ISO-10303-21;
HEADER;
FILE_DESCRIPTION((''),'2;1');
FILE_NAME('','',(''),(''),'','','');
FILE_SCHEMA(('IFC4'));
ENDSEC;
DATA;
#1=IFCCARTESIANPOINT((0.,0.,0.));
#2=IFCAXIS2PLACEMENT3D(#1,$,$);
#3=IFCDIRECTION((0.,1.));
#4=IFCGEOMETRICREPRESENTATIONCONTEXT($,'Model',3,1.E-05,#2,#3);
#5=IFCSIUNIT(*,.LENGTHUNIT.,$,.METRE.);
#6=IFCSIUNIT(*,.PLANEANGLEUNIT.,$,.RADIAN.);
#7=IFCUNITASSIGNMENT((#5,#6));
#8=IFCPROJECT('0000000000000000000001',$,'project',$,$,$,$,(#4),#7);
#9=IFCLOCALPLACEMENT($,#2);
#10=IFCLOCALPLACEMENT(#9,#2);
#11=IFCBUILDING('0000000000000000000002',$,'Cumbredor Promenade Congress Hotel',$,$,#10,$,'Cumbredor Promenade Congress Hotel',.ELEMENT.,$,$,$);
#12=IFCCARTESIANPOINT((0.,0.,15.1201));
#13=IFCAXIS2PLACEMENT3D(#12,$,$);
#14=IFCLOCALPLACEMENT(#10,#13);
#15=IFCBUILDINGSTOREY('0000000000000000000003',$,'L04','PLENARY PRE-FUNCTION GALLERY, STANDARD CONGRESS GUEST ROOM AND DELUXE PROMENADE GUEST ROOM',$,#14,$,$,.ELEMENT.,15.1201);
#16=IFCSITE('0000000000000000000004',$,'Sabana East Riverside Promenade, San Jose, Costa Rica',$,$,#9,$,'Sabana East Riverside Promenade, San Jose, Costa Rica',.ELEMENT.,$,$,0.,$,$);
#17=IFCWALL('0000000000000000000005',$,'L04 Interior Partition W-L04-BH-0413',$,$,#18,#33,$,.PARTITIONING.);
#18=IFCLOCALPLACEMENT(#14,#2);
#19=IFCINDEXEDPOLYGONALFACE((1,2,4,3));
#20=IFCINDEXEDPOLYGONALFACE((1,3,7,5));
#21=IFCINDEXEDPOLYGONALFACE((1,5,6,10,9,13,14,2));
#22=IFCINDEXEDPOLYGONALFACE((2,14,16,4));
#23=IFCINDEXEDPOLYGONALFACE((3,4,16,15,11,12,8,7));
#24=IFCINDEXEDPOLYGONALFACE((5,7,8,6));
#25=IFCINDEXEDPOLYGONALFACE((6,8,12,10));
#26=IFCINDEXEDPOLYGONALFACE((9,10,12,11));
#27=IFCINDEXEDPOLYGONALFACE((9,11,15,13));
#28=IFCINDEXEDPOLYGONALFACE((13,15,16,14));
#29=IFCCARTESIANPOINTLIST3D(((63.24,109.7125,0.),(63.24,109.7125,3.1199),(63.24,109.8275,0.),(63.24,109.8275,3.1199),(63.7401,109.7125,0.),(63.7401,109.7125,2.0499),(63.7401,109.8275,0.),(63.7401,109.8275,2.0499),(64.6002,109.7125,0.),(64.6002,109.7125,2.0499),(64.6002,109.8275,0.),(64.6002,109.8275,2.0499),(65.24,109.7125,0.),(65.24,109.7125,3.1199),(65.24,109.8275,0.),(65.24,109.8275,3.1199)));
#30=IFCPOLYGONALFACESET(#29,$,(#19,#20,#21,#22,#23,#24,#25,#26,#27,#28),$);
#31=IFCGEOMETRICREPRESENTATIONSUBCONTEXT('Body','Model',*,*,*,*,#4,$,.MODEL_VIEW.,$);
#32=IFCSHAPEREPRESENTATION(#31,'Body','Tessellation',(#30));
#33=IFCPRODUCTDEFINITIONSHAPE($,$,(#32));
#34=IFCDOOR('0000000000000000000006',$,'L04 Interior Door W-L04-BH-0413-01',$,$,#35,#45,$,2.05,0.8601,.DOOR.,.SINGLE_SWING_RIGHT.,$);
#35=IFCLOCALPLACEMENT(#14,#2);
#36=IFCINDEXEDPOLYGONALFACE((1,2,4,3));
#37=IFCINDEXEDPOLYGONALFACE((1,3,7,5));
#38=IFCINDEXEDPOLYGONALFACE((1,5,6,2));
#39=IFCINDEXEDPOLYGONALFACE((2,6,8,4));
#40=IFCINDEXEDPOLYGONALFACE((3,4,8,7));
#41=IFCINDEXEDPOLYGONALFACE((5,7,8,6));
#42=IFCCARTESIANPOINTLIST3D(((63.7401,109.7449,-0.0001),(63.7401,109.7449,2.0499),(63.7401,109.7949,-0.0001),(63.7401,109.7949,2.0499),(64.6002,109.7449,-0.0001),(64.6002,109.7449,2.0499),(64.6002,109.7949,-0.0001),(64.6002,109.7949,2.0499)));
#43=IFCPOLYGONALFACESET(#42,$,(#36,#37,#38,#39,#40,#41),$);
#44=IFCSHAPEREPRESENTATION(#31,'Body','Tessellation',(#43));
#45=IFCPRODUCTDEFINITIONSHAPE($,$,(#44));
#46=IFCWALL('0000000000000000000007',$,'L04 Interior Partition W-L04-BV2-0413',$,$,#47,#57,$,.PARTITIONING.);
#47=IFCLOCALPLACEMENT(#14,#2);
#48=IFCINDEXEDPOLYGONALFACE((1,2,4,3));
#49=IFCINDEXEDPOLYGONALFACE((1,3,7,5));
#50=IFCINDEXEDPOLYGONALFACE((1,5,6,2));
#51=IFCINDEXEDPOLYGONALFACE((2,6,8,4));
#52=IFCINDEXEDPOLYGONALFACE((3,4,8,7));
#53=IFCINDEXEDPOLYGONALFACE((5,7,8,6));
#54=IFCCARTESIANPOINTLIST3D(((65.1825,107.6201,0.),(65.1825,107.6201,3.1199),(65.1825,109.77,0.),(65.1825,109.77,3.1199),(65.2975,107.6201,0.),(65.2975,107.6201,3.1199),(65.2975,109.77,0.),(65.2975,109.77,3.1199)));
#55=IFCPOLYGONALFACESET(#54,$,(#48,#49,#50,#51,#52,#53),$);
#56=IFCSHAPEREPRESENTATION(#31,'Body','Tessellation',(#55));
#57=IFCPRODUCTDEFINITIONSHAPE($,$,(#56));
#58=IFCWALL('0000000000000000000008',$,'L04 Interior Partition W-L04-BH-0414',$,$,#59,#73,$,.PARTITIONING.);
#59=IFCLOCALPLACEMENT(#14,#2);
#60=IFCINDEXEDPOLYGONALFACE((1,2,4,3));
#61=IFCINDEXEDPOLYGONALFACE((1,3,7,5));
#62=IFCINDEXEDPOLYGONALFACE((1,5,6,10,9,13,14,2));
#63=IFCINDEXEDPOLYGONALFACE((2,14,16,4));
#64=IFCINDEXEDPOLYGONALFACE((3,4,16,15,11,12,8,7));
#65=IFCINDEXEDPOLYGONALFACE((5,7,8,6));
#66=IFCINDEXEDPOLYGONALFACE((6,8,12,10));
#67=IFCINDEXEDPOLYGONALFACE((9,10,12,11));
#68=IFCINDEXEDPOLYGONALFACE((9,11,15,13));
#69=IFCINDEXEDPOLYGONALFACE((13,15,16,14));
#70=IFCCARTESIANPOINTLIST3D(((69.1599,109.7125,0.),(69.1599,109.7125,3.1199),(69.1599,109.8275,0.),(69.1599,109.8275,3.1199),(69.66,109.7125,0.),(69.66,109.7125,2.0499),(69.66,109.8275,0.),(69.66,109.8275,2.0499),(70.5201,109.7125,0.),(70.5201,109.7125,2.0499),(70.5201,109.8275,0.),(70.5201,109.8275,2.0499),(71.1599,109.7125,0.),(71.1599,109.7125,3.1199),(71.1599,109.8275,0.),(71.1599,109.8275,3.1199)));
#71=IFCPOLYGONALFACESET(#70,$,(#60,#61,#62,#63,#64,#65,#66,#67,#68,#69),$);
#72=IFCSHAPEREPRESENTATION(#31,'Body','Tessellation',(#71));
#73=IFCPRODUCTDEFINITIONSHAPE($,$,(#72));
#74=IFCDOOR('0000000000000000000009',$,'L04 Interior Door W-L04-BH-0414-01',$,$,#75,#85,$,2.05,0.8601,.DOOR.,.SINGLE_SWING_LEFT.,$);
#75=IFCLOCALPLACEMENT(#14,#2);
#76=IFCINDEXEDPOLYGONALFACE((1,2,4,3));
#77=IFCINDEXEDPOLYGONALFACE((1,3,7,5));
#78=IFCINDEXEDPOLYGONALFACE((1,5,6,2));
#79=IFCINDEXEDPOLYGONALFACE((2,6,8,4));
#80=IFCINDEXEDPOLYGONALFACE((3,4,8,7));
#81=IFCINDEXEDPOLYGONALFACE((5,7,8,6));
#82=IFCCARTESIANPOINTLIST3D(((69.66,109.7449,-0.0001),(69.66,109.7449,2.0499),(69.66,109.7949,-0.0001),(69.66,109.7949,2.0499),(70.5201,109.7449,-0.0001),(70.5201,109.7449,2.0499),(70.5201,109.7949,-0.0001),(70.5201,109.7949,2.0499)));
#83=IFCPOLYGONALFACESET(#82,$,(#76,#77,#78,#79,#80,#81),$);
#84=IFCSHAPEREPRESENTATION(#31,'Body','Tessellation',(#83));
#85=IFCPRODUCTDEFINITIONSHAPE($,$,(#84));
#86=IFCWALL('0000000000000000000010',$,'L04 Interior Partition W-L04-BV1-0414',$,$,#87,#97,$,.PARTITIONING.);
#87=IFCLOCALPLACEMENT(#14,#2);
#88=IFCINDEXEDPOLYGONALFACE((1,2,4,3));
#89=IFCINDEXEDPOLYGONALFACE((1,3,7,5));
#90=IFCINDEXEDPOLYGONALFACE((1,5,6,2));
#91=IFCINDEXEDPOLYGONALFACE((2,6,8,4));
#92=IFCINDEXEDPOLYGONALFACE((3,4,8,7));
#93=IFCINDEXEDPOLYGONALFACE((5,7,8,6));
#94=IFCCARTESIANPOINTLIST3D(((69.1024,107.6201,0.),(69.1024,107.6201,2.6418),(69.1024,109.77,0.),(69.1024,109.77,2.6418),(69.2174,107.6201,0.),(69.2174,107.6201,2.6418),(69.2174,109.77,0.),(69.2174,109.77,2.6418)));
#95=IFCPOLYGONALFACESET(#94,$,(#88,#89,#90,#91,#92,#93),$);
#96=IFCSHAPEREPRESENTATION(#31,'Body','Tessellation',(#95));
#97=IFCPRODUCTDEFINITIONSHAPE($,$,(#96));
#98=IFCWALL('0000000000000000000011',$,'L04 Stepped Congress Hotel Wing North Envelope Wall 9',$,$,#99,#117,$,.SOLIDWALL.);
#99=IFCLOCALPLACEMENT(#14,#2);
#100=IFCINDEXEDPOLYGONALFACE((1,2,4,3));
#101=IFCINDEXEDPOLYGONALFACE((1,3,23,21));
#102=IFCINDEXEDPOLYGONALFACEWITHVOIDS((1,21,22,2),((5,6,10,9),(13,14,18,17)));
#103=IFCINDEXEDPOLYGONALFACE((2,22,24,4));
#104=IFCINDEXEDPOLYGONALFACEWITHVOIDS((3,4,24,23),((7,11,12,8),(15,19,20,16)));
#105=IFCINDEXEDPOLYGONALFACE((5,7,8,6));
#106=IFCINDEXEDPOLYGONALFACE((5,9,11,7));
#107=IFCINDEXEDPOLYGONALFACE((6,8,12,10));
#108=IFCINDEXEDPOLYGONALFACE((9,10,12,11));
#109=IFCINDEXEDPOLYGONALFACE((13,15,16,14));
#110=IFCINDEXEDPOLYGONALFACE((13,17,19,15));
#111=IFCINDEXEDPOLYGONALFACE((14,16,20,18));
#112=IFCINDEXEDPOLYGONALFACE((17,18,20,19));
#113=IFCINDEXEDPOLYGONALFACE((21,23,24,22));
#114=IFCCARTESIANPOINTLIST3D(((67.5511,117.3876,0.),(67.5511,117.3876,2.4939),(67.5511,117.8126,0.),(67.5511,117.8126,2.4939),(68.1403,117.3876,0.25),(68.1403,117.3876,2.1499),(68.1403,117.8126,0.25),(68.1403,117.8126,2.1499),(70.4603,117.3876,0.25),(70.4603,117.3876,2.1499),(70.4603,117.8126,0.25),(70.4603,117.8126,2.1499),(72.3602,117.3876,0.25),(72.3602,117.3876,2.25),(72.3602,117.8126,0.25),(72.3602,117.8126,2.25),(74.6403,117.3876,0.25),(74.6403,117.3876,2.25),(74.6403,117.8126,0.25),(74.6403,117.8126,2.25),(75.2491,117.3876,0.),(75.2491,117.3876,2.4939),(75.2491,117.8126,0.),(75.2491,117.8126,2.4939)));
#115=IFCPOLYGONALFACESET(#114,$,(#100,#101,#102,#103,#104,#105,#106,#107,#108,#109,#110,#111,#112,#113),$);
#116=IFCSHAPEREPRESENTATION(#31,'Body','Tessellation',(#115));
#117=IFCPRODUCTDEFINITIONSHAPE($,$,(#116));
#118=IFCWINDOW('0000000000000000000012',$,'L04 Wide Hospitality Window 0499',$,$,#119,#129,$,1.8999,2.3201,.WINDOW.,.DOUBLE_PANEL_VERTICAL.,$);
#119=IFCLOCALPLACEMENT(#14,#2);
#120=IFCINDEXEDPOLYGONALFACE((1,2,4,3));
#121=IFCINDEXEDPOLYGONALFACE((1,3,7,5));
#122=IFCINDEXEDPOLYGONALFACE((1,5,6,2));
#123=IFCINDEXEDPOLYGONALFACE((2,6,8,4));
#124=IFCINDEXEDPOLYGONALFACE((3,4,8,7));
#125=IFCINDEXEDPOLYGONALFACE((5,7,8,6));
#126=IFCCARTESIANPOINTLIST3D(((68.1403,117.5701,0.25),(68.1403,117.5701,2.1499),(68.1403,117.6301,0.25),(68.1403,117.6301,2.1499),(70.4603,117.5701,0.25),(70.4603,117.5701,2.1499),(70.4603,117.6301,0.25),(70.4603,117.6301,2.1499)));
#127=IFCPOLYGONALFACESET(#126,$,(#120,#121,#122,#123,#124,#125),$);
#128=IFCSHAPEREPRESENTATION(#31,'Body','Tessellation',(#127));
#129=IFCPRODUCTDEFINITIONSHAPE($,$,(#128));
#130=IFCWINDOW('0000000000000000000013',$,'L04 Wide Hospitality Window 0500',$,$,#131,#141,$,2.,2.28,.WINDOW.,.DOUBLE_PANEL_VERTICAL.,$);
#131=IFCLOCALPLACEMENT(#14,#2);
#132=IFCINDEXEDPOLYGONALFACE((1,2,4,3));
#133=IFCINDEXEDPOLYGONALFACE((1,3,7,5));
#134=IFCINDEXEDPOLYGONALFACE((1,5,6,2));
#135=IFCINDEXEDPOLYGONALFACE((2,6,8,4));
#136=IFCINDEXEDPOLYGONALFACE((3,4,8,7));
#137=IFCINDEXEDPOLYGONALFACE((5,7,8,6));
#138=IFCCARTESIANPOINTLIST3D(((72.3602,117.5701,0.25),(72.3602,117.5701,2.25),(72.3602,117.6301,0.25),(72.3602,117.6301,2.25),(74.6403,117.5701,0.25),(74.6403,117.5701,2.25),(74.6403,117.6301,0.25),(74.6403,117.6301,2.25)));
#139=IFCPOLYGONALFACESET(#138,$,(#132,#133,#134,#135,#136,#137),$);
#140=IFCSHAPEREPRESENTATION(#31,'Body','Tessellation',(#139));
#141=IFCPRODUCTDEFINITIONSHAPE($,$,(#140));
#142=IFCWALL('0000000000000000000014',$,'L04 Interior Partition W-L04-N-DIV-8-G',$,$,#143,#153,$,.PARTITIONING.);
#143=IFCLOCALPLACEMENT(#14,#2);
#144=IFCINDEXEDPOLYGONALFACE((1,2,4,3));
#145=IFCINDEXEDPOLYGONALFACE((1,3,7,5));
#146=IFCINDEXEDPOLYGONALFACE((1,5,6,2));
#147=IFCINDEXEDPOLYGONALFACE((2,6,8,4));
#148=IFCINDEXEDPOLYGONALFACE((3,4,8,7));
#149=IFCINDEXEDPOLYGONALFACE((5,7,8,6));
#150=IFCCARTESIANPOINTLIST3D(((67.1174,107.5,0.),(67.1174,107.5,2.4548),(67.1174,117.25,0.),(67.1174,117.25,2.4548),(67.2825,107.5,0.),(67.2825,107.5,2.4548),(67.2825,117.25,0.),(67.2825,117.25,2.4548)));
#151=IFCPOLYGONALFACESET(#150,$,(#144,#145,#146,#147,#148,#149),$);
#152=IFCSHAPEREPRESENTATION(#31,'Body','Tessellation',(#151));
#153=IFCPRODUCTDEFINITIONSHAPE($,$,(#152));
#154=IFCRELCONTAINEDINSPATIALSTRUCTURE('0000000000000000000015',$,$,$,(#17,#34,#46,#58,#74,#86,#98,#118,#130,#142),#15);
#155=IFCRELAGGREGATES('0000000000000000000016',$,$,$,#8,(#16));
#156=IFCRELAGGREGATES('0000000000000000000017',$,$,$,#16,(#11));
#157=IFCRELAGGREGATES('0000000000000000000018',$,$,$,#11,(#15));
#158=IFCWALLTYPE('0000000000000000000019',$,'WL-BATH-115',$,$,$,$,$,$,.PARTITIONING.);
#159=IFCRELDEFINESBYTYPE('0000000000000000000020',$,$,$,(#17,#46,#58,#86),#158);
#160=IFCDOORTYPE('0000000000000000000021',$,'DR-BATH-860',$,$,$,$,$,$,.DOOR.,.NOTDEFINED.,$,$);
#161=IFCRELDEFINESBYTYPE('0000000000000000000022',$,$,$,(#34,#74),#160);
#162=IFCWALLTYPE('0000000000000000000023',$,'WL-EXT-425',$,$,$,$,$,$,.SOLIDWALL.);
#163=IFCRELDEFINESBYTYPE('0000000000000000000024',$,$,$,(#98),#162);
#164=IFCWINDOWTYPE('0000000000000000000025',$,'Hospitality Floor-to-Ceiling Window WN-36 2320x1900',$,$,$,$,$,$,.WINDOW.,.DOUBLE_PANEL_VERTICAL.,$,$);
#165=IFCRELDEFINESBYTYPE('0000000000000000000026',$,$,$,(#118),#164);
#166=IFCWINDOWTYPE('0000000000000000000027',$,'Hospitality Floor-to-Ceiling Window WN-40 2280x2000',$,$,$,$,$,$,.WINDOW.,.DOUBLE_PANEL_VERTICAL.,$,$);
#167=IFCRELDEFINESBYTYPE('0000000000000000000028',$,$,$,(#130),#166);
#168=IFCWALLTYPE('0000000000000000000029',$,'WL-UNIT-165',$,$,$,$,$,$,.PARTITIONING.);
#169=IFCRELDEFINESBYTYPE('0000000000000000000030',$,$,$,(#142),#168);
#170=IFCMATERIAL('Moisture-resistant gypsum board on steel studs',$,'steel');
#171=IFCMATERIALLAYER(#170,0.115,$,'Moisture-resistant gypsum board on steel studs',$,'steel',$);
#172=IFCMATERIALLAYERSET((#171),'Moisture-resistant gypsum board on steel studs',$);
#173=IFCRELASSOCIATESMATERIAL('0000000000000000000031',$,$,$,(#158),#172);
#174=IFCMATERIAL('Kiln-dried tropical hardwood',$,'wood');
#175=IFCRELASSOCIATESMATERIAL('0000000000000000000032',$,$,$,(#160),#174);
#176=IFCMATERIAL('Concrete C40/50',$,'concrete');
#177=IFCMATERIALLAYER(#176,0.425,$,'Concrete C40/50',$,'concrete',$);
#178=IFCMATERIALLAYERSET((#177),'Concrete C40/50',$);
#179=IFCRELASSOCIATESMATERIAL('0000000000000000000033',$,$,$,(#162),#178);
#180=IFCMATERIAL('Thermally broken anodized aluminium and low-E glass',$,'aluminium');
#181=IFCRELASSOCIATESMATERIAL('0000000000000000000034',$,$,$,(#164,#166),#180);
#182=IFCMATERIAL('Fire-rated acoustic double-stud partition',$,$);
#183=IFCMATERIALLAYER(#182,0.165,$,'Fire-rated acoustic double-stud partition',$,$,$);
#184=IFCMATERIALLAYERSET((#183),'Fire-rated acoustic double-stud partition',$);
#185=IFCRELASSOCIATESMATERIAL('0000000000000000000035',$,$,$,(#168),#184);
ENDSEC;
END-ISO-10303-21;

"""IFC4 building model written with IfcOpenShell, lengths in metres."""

from ifc_helpers import new_model, si_unit, direction, frame, frame_2d, origin, place, context, subcontext, project, spatial, rectangle, extrude, material, layer, layer_set, type_object, element, fill, save


model = new_model("IFC4")

# Units and contexts
model_context = context("Model", 3, precision=1e-05, world=origin(), true_north=direction((0.0, 1.0)))
body_context = subcontext(model_context, "Body", "Model", "MODEL_VIEW")
ifc_project = project(units=[si_unit("LENGTHUNIT", "METRE"), si_unit("PLANEANGLEUNIT", "RADIAN")], contexts=[model_context])

# Site, building, storey
site_placement = place(None, origin())
site = spatial("IfcSite", under=ifc_project, at=site_placement, Name="Sabana East Riverside Promenade, San Jose, Costa Rica", LongName="Sabana East Riverside Promenade, San Jose, Costa Rica", CompositionType="ELEMENT", RefElevation=0.0)
building_placement = place(site_placement, origin())
building = spatial("IfcBuilding", under=site, at=building_placement, Name="Cumbredor Promenade Congress Hotel", LongName="Cumbredor Promenade Congress Hotel", CompositionType="ELEMENT")
storey_placement = place(building_placement, frame((0.0, 0.0, 15.1201)))
storey = spatial("IfcBuildingStorey", under=building, at=storey_placement, Name="L04", Description="PLENARY PRE-FUNCTION GALLERY, STANDARD CONGRESS GUEST ROOM AND DELUXE PROMENADE GUEST ROOM", CompositionType="ELEMENT", Elevation=15.1201)

# Shared definitions
ifc_material_1 = material(Name="Concrete C40/50", Category="concrete")

# Shared definitions
ifc_material_2 = material(Name="Thermally broken anodized aluminium and low-E glass", Category="aluminium")

# Shared definitions
ifc_material_3 = material(Name="Kiln-dried tropical hardwood", Category="wood")

# Wall, opening, door
ifc_material_4 = material(Name="Moisture-resistant gypsum board on steel studs", Category="steel")
ifc_layer_1 = layer(ifc_material_4, 0.115, Name="Moisture-resistant gypsum board on steel studs", Category="steel")
ifc_layer_set_1 = layer_set([ifc_layer_1], Name="Moisture-resistant gypsum board on steel studs")
wall_type_1 = type_object("IfcWallType", Name="WL-BATH-115", PredefinedType="PARTITIONING", material=ifc_layer_set_1)
wall_1_placement = place(storey_placement, frame((63.24, 109.77, 0.0), z_axis=(0.0, 0.0, 1.0), x_axis=(1.0, 0.0, 0.0)))
wall_1 = element("IfcWall", 1, at=wall_1_placement, inside=storey, type_object=wall_type_1, Name="L04 Interior Partition W-L04-BH-0413", PredefinedType="PARTITIONING", context=body_context, shape_type="SweptSolid", body=[
    extrude(rectangle(XDim=2.0, YDim=0.115, at=frame_2d((1.0, 0.0))), origin(), (0.0, 0.0, 1.0), 3.1199),
])
opening_1_placement = place(wall_1_placement, frame((0.5, 0.0, 0.0)))
opening_1 = element("IfcOpeningElement", 2, at=opening_1_placement, cuts=wall_1, PredefinedType="OPENING", context=body_context, shape_type="SweptSolid", body=[
    extrude(rectangle(XDim=0.8601, YDim=2.05, at=frame_2d((0.4302, 1.0249))), frame((0.0, 0.0674, 0.0), z_axis=(0.0, -1.0, 0.0), x_axis=(1.0, 0.0, 0.0)), (0.0, 0.0, 1.0), 0.135),
])
door_type = type_object("IfcDoorType", Name="DR-BATH-860", OperationType="NOTDEFINED", PredefinedType="DOOR", material=ifc_material_3)
door_1_placement = place(opening_1_placement, origin())
door_1 = element("IfcDoor", 3, at=door_1_placement, inside=storey, type_object=door_type, Name="L04 Interior Door W-L04-BH-0413-01", OperationType="SINGLE_SWING_RIGHT", OverallHeight=2.05, OverallWidth=0.8601, PredefinedType="DOOR", context=body_context, shape_type="SweptSolid", body=[
    extrude(rectangle(XDim=0.8601, YDim=2.05, at=frame_2d((0.4302, 1.0249))), frame((0.0, 0.0249, 0.0), z_axis=(0.0, -1.0, 0.0), x_axis=(1.0, 0.0, 0.0)), (0.0, 0.0, 1.0), 0.05),
])
fill(opening_1, door_1)

# Wall
wall_2_placement = place(storey_placement, frame((65.24, 107.6201, 0.0), z_axis=(0.0, 0.0, 1.0), x_axis=(0.0, 1.0, 0.0)))
element("IfcWall", 4, at=wall_2_placement, inside=storey, type_object=wall_type_1, Name="L04 Interior Partition W-L04-BV2-0413", PredefinedType="PARTITIONING", context=body_context, shape_type="SweptSolid", body=[
    extrude(rectangle(XDim=2.1499, YDim=0.115, at=frame_2d((1.075, 0.0))), origin(), (0.0, 0.0, 1.0), 3.1199),
])

# Wall, opening, door
wall_3_placement = place(storey_placement, frame((69.1599, 109.77, 0.0), z_axis=(0.0, 0.0, 1.0), x_axis=(1.0, 0.0, 0.0)))
wall_3 = element("IfcWall", 5, at=wall_3_placement, inside=storey, type_object=wall_type_1, Name="L04 Interior Partition W-L04-BH-0414", PredefinedType="PARTITIONING", context=body_context, shape_type="SweptSolid", body=[
    extrude(rectangle(XDim=2.0, YDim=0.115, at=frame_2d((1.0, 0.0))), origin(), (0.0, 0.0, 1.0), 3.1199),
])
opening_2_placement = place(wall_3_placement, frame((0.5, 0.0, 0.0)))
opening_2 = element("IfcOpeningElement", 6, at=opening_2_placement, cuts=wall_3, PredefinedType="OPENING", context=body_context, shape_type="SweptSolid", body=[
    extrude(rectangle(XDim=0.8601, YDim=2.05, at=frame_2d((0.4302, 1.0249))), frame((0.0, 0.0674, 0.0), z_axis=(0.0, -1.0, 0.0), x_axis=(1.0, 0.0, 0.0)), (0.0, 0.0, 1.0), 0.135),
])
door_2_placement = place(opening_2_placement, origin())
door_2 = element("IfcDoor", 7, at=door_2_placement, inside=storey, type_object=door_type, Name="L04 Interior Door W-L04-BH-0414-01", OperationType="SINGLE_SWING_LEFT", OverallHeight=2.05, OverallWidth=0.8601, PredefinedType="DOOR", context=body_context, shape_type="SweptSolid", body=[
    extrude(rectangle(XDim=0.8601, YDim=2.05, at=frame_2d((0.4302, 1.0249))), frame((0.0, 0.0249, 0.0), z_axis=(0.0, -1.0, 0.0), x_axis=(1.0, 0.0, 0.0)), (0.0, 0.0, 1.0), 0.05),
])
fill(opening_2, door_2)

# Wall
wall_4_placement = place(storey_placement, frame((69.1599, 107.6201, 0.0), z_axis=(0.0, 0.0, 1.0), x_axis=(0.0, 1.0, 0.0)))
element("IfcWall", 8, at=wall_4_placement, inside=storey, type_object=wall_type_1, Name="L04 Interior Partition W-L04-BV1-0414", PredefinedType="PARTITIONING", context=body_context, shape_type="SweptSolid", body=[
    extrude(rectangle(XDim=2.1499, YDim=0.115, at=frame_2d((1.075, 0.0))), origin(), (0.0, 0.0, 1.0), 2.6418),
])

# Wall, openings, windows
ifc_layer_2 = layer(ifc_material_1, 0.425, Name="Concrete C40/50", Category="concrete")
ifc_layer_set_2 = layer_set([ifc_layer_2], Name="Concrete C40/50")
wall_type_2 = type_object("IfcWallType", Name="WL-EXT-425", PredefinedType="SOLIDWALL", material=ifc_layer_set_2)
wall_5_placement = place(storey_placement, frame((67.551, 117.6001, 0.0), z_axis=(0.0, 0.0, 1.0), x_axis=(1.0, 0.0, 0.0)))
wall_5 = element("IfcWall", 9, at=wall_5_placement, inside=storey, type_object=wall_type_2, Name="L04 Stepped Congress Hotel Wing North Envelope Wall 9", PredefinedType="SOLIDWALL", context=body_context, shape_type="SweptSolid", body=[
    extrude(rectangle(XDim=7.698, YDim=0.425, at=frame_2d((3.8491, 0.0))), origin(), (0.0, 0.0, 1.0), 2.4939),
])
opening_3_placement = place(wall_5_placement, frame((0.5891, 0.0, 0.25)))
opening_3 = element("IfcOpeningElement", 10, at=opening_3_placement, cuts=wall_5, PredefinedType="OPENING", context=body_context, shape_type="SweptSolid", body=[
    extrude(rectangle(XDim=2.3201, YDim=1.8999, at=frame_2d((1.1602, 0.95))), frame((0.0, 0.2227, 0.0), z_axis=(0.0, -1.0, 0.0), x_axis=(1.0, 0.0, 0.0)), (0.0, 0.0, 1.0), 0.4451),
])
opening_4_placement = place(wall_5_placement, frame((4.8091, 0.0, 0.25)))
opening_4 = element("IfcOpeningElement", 11, at=opening_4_placement, cuts=wall_5, PredefinedType="OPENING", context=body_context, shape_type="SweptSolid", body=[
    extrude(rectangle(XDim=2.28, YDim=2.0, at=frame_2d((1.1401, 1.0))), frame((0.0, 0.2227, 0.0), z_axis=(0.0, -1.0, 0.0), x_axis=(1.0, 0.0, 0.0)), (0.0, 0.0, 1.0), 0.4451),
])
window_type_1 = type_object("IfcWindowType", Name="Hospitality Floor-to-Ceiling Window WN-36 2320x1900", PartitioningType="DOUBLE_PANEL_VERTICAL", PredefinedType="WINDOW", material=ifc_material_2)
window_1_placement = place(opening_3_placement, origin())
window_1 = element("IfcWindow", 12, at=window_1_placement, inside=storey, type_object=window_type_1, Name="L04 Wide Hospitality Window 0499", OverallHeight=1.8999, OverallWidth=2.3201, PartitioningType="DOUBLE_PANEL_VERTICAL", PredefinedType="WINDOW", context=body_context, shape_type="SweptSolid", body=[
    extrude(rectangle(XDim=2.3201, YDim=1.8999, at=frame_2d((1.1602, 0.95))), frame((0.0, 0.03, 0.0), z_axis=(0.0, -1.0, 0.0), x_axis=(1.0, 0.0, 0.0)), (0.0, 0.0, 1.0), 0.0601),
])
fill(opening_3, window_1)
window_type_2 = type_object("IfcWindowType", Name="Hospitality Floor-to-Ceiling Window WN-40 2280x2000", PartitioningType="DOUBLE_PANEL_VERTICAL", PredefinedType="WINDOW", material=ifc_material_2)
window_2_placement = place(opening_4_placement, origin())
window_2 = element("IfcWindow", 13, at=window_2_placement, inside=storey, type_object=window_type_2, Name="L04 Wide Hospitality Window 0500", OverallHeight=2.0, OverallWidth=2.28, PartitioningType="DOUBLE_PANEL_VERTICAL", PredefinedType="WINDOW", context=body_context, shape_type="SweptSolid", body=[
    extrude(rectangle(XDim=2.28, YDim=2.0, at=frame_2d((1.1401, 1.0))), frame((0.0, 0.03, 0.0), z_axis=(0.0, -1.0, 0.0), x_axis=(1.0, 0.0, 0.0)), (0.0, 0.0, 1.0), 0.0601),
])
fill(opening_4, window_2)

# Wall
ifc_material_5 = material(Name="Fire-rated acoustic double-stud partition")
ifc_layer_3 = layer(ifc_material_5, 0.165, Name="Fire-rated acoustic double-stud partition")
ifc_layer_set_3 = layer_set([ifc_layer_3], Name="Fire-rated acoustic double-stud partition")
wall_type_3 = type_object("IfcWallType", Name="WL-UNIT-165", PredefinedType="PARTITIONING", material=ifc_layer_set_3)
wall_6_placement = place(storey_placement, frame((67.2, 107.5, 0.0), z_axis=(0.0, 0.0, 1.0), x_axis=(0.0, 1.0, 0.0)))
element("IfcWall", 14, at=wall_6_placement, inside=storey, type_object=wall_type_3, Name="L04 Interior Partition W-L04-N-DIV-8-G", PredefinedType="PARTITIONING", context=body_context, shape_type="SweptSolid", body=[
    extrude(rectangle(XDim=9.75, YDim=0.165, at=frame_2d((4.875, 0.0))), origin(), (0.0, 0.0, 1.0), 2.4548),
])

save(model, "model.ifc")
